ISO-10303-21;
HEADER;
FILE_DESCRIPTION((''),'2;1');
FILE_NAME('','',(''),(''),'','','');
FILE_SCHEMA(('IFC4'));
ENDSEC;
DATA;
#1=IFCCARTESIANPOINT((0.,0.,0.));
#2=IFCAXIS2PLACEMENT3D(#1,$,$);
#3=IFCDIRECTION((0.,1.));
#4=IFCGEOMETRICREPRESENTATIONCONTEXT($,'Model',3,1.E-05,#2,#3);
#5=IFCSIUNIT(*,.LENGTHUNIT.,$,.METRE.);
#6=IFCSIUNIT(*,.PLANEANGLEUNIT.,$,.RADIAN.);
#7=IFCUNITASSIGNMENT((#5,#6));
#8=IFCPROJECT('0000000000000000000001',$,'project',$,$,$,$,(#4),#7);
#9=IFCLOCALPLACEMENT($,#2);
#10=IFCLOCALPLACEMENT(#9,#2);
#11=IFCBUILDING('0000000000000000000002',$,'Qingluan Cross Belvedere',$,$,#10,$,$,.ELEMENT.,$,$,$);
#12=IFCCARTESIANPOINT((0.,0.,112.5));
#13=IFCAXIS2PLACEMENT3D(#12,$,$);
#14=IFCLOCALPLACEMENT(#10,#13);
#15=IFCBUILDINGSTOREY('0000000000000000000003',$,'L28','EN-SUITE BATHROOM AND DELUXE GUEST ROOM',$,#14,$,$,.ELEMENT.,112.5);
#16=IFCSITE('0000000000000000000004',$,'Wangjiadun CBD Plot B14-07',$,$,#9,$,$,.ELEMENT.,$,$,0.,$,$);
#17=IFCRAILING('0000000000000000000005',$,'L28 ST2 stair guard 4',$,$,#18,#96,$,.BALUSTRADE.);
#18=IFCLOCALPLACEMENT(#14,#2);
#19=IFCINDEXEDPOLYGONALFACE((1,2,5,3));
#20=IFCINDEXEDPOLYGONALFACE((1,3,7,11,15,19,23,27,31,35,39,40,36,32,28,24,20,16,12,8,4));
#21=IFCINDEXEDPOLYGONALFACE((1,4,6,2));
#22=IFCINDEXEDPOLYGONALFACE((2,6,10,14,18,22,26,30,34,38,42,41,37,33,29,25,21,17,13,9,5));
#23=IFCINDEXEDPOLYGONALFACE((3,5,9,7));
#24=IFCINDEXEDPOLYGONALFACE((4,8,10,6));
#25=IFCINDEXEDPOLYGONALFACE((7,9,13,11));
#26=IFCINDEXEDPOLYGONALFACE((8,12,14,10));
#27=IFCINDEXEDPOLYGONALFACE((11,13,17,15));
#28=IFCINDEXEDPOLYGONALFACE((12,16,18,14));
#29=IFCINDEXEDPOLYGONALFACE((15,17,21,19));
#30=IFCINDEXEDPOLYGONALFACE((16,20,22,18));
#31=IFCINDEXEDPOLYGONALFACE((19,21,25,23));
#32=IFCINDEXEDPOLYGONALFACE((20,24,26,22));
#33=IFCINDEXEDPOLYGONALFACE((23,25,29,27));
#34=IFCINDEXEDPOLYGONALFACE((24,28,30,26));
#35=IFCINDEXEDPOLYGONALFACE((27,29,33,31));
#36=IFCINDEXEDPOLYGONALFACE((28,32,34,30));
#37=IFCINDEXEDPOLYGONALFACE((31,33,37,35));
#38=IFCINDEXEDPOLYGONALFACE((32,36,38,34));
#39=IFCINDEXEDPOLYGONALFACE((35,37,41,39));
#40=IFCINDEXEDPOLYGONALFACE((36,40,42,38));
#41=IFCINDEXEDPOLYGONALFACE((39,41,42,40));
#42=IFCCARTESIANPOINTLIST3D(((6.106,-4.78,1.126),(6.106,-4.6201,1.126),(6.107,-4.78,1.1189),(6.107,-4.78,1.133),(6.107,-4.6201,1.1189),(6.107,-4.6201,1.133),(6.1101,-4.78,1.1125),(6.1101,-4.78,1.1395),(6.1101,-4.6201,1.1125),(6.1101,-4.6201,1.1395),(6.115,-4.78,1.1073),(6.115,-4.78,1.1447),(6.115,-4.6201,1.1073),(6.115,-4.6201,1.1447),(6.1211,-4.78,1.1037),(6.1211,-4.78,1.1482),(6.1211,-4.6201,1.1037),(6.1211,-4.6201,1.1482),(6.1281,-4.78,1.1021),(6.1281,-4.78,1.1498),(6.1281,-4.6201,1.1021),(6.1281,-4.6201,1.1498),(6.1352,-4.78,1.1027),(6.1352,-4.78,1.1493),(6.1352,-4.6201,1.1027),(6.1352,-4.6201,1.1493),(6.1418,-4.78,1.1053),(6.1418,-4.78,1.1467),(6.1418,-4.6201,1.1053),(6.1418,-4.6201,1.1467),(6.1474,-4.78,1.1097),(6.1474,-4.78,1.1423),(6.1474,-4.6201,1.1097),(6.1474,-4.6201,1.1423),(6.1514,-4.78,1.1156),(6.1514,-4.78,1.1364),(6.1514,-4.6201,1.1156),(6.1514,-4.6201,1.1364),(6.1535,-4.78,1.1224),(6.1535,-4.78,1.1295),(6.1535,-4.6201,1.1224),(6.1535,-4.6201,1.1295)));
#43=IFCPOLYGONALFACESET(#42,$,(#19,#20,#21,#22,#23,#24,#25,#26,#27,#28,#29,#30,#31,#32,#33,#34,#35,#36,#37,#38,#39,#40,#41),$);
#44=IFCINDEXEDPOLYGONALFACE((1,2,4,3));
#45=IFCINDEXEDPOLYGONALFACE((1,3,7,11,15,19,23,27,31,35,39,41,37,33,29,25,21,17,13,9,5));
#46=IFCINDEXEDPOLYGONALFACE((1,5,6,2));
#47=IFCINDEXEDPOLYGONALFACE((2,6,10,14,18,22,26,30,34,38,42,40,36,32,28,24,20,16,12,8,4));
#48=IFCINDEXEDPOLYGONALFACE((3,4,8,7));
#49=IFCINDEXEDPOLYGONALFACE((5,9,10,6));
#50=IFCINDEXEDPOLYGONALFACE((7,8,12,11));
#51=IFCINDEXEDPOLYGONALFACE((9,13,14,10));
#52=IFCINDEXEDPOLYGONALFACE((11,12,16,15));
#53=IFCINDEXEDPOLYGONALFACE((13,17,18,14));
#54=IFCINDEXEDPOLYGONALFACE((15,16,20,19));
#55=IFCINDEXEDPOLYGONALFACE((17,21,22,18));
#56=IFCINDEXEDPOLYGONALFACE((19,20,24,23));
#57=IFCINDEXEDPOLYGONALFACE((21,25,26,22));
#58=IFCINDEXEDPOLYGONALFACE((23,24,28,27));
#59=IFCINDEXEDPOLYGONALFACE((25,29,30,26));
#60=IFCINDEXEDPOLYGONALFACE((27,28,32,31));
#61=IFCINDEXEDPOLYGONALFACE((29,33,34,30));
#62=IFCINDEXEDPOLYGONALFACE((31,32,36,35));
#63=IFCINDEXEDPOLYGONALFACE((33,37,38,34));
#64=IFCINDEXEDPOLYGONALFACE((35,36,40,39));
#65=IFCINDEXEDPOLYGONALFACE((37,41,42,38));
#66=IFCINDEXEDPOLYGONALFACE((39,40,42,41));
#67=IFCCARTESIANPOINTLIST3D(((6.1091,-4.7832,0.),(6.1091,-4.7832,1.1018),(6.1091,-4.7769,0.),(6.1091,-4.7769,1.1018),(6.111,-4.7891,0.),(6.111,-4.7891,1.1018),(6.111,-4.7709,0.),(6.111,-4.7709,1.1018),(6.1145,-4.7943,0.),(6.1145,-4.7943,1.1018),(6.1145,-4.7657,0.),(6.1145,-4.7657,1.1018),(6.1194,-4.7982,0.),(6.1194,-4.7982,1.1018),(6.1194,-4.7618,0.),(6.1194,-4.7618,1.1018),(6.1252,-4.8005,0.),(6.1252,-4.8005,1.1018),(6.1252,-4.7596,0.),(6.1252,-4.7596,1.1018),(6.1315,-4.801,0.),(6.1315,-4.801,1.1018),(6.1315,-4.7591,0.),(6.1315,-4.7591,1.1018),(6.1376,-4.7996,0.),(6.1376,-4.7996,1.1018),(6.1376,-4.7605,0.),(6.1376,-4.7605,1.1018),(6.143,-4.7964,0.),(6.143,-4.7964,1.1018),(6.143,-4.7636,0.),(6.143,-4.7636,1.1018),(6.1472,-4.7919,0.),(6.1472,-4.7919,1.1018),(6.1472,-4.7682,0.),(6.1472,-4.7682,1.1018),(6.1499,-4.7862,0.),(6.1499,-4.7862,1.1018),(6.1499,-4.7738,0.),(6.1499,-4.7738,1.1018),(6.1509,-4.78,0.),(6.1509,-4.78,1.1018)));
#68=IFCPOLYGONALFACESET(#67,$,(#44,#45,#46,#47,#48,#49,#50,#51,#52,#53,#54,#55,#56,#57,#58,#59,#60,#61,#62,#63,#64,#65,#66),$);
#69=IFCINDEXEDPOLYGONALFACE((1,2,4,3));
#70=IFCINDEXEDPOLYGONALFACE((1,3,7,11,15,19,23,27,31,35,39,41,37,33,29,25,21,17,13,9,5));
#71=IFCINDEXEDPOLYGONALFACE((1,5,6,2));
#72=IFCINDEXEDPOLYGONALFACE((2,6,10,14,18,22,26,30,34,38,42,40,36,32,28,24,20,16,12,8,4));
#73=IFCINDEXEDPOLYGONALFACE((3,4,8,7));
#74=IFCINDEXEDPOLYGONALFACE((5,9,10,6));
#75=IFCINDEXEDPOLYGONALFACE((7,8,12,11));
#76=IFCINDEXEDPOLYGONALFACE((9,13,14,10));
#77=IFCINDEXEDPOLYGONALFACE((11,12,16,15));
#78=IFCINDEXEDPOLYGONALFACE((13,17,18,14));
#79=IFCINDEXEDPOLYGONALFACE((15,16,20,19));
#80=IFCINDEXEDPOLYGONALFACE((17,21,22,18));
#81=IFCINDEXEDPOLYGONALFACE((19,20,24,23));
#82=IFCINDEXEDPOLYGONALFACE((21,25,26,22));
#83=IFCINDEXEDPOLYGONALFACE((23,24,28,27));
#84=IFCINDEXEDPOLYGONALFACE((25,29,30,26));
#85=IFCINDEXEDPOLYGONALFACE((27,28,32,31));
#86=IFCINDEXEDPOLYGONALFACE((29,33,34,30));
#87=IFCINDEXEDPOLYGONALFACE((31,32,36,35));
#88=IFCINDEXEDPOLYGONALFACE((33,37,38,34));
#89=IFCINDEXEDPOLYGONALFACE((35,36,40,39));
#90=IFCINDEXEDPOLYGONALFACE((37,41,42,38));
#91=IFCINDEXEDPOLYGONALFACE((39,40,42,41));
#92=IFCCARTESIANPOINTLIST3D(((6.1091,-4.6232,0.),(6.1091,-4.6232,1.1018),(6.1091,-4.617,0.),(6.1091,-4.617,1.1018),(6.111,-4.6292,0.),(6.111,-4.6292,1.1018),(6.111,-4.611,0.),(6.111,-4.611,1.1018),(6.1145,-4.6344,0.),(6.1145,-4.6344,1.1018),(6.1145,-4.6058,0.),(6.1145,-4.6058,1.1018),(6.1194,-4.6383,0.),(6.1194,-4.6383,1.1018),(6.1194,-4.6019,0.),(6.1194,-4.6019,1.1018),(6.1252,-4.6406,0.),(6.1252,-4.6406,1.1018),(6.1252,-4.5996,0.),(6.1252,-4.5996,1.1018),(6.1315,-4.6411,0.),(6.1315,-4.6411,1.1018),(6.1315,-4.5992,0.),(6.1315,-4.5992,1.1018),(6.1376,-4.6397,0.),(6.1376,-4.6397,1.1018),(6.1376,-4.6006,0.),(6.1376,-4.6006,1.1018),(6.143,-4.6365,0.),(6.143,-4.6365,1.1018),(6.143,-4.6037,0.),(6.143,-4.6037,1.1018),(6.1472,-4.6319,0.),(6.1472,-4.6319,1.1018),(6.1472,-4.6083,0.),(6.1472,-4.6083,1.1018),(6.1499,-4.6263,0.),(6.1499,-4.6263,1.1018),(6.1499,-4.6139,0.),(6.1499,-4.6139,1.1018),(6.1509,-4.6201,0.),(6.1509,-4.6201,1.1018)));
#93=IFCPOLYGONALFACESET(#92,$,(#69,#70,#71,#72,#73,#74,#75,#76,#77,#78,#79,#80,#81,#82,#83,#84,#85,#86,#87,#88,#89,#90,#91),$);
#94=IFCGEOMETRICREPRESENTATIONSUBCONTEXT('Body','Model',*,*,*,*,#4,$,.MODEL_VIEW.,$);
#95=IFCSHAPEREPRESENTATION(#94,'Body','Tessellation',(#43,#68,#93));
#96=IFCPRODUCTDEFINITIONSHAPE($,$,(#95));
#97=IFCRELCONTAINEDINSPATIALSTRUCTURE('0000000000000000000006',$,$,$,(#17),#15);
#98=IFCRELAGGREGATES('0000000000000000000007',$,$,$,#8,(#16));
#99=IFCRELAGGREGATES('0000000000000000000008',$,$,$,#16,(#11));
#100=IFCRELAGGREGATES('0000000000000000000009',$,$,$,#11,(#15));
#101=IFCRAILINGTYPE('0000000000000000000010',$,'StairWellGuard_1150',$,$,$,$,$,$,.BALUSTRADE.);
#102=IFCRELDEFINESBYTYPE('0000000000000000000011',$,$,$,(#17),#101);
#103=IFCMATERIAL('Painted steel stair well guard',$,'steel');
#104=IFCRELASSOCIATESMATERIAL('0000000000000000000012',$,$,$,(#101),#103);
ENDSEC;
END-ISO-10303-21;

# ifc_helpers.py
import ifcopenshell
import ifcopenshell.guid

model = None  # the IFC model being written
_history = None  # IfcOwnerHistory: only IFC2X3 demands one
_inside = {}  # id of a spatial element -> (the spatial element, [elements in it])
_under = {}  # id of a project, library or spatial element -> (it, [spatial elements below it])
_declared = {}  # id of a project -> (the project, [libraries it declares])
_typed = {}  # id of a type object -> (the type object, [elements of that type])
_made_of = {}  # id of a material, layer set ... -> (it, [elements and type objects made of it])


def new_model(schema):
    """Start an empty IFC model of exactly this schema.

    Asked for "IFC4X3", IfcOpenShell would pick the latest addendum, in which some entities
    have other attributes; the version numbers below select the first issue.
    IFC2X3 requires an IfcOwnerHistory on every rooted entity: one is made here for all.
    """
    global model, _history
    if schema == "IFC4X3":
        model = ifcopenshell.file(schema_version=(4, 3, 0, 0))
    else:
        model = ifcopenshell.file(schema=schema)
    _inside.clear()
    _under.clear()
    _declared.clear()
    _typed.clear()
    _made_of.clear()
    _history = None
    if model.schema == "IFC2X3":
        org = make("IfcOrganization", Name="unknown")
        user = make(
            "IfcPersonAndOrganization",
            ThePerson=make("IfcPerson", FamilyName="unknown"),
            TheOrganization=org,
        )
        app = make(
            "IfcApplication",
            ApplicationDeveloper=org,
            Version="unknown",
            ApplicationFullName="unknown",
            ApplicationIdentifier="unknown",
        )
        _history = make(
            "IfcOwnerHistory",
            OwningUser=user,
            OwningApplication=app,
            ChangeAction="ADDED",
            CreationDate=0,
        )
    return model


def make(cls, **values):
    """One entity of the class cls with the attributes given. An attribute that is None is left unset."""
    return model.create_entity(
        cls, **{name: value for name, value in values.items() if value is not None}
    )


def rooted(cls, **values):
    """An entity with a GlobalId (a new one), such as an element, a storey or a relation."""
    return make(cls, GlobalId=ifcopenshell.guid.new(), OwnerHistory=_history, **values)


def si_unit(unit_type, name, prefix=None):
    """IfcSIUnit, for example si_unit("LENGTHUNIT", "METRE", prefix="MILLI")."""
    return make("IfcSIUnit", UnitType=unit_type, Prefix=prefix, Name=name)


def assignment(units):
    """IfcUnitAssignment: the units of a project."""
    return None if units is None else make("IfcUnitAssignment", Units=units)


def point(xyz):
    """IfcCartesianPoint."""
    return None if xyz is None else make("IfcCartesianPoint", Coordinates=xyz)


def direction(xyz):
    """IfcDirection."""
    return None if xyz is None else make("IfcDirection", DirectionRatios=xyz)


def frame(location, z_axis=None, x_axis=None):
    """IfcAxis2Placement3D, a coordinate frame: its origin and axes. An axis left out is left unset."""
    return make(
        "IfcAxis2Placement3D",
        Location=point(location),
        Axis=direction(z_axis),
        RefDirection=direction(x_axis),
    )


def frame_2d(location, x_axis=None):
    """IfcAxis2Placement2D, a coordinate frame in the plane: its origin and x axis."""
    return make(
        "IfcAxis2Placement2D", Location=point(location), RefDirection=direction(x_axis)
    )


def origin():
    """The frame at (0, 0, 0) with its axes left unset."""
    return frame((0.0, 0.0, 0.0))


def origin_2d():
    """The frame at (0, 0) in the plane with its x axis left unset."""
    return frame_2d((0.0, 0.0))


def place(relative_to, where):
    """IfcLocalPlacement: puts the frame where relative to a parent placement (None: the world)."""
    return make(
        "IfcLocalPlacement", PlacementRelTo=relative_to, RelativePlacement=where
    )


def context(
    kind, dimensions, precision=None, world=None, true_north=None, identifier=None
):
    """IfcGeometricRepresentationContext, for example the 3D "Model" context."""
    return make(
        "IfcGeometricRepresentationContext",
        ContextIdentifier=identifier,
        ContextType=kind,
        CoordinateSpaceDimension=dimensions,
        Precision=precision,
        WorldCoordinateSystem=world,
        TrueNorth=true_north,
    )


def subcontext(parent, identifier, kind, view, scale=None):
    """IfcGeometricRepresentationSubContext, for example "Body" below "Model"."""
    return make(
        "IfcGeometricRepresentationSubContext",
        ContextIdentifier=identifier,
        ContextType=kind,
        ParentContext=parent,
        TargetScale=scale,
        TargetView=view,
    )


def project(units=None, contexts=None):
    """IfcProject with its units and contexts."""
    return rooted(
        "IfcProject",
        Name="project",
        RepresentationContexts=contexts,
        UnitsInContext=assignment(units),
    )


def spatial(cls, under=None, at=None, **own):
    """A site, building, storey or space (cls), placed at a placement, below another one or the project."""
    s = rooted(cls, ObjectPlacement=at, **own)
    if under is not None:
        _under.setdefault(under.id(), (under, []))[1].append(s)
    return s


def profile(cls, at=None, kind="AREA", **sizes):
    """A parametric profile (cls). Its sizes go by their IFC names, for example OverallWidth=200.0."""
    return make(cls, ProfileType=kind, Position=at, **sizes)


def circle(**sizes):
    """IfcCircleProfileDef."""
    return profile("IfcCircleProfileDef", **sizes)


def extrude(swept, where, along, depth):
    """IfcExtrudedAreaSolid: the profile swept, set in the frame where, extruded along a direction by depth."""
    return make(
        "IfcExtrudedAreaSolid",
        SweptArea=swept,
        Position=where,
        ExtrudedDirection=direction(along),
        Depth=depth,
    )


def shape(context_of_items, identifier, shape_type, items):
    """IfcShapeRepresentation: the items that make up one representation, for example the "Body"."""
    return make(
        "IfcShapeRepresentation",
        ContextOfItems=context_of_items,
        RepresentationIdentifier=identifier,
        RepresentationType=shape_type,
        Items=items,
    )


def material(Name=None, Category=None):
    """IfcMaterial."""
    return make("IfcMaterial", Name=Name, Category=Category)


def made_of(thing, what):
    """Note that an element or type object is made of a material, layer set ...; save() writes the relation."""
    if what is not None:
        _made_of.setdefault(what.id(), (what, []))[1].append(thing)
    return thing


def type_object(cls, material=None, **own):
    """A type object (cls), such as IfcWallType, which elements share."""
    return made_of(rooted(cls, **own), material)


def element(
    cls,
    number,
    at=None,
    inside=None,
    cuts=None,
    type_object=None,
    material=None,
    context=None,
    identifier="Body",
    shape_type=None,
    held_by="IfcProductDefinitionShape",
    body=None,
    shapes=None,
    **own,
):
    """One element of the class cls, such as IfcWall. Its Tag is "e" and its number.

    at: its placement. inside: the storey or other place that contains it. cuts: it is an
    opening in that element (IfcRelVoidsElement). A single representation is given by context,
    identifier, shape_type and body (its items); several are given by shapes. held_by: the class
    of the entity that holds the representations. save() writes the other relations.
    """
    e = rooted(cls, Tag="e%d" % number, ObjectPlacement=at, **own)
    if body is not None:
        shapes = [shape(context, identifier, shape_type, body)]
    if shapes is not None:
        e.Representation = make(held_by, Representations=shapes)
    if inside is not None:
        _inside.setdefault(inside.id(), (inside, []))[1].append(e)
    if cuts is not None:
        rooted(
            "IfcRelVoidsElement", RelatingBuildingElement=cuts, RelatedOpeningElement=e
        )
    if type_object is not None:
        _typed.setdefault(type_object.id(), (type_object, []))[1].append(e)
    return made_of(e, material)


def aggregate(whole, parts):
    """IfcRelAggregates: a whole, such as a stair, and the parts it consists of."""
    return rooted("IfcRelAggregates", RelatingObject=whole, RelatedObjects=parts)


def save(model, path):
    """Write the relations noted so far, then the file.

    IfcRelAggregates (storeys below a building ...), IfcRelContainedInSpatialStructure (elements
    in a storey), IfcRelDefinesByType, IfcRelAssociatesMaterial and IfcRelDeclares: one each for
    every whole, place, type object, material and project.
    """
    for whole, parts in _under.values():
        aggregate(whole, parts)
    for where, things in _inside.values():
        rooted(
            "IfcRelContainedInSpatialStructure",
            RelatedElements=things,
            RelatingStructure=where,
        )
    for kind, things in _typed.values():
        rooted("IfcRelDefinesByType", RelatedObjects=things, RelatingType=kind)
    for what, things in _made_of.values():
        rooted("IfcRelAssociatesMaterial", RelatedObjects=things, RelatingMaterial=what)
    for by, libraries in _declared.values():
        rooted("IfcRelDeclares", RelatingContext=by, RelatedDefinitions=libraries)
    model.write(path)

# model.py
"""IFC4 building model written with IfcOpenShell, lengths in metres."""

from ifc_helpers import new_model, si_unit, direction, frame, origin, origin_2d, place, context, subcontext, project, spatial, circle, extrude, material, type_object, element, save


model = new_model("IFC4")

# Units and contexts
model_context = context("Model", 3, precision=1e-05, world=origin(), true_north=direction((0.0, 1.0)))
body_context = subcontext(model_context, "Body", "Model", "MODEL_VIEW")
ifc_project = project(units=[si_unit("LENGTHUNIT", "METRE"), si_unit("PLANEANGLEUNIT", "RADIAN")], contexts=[model_context])

# Site, building, storey
site_placement = place(None, origin())
site = spatial("IfcSite", under=ifc_project, at=site_placement, Name="Wangjiadun CBD Plot B14-07", CompositionType="ELEMENT", RefElevation=0.0)
building_placement = place(site_placement, origin())
building = spatial("IfcBuilding", under=site, at=building_placement, Name="Qingluan Cross Belvedere", CompositionType="ELEMENT")
storey_placement = place(building_placement, frame((0.0, 0.0, 112.5)))
storey = spatial("IfcBuildingStorey", under=building, at=storey_placement, Name="L28", Description="EN-SUITE BATHROOM AND DELUXE GUEST ROOM", CompositionType="ELEMENT", Elevation=112.5)

# Railing
ifc_material_1 = material(Name="Painted steel stair well guard", Category="steel")
railing_type_1 = type_object("IfcRailingType", Name="StairWellGuard_1150", PredefinedType="BALUSTRADE", material=ifc_material_1)
railing_1_placement = place(storey_placement, frame((6.1299, -4.78, 0.0)))
element("IfcRailing", 1, at=railing_1_placement, inside=storey, type_object=railing_type_1, Name="L28 ST2 stair guard 4", PredefinedType="BALUSTRADE", context=body_context, shape_type="SweptSolid", body=[
    extrude(circle(Radius=0.0239, at=origin_2d()), frame((0.0, 0.0, 1.126), z_axis=(0.0, 1.0, 0.0), x_axis=(-1.0, 0.0, 0.0)), (0.0, 0.0, 1.0), 0.1599),
    extrude(circle(Radius=0.021, at=origin_2d()), origin(), (0.0, 0.0, 1.0), 1.1018),
    extrude(circle(Radius=0.021, at=origin_2d()), frame((0.0, 0.1599, 0.0)), (0.0, 0.0, 1.0), 1.1018),
])

save(model, "model.ifc")
